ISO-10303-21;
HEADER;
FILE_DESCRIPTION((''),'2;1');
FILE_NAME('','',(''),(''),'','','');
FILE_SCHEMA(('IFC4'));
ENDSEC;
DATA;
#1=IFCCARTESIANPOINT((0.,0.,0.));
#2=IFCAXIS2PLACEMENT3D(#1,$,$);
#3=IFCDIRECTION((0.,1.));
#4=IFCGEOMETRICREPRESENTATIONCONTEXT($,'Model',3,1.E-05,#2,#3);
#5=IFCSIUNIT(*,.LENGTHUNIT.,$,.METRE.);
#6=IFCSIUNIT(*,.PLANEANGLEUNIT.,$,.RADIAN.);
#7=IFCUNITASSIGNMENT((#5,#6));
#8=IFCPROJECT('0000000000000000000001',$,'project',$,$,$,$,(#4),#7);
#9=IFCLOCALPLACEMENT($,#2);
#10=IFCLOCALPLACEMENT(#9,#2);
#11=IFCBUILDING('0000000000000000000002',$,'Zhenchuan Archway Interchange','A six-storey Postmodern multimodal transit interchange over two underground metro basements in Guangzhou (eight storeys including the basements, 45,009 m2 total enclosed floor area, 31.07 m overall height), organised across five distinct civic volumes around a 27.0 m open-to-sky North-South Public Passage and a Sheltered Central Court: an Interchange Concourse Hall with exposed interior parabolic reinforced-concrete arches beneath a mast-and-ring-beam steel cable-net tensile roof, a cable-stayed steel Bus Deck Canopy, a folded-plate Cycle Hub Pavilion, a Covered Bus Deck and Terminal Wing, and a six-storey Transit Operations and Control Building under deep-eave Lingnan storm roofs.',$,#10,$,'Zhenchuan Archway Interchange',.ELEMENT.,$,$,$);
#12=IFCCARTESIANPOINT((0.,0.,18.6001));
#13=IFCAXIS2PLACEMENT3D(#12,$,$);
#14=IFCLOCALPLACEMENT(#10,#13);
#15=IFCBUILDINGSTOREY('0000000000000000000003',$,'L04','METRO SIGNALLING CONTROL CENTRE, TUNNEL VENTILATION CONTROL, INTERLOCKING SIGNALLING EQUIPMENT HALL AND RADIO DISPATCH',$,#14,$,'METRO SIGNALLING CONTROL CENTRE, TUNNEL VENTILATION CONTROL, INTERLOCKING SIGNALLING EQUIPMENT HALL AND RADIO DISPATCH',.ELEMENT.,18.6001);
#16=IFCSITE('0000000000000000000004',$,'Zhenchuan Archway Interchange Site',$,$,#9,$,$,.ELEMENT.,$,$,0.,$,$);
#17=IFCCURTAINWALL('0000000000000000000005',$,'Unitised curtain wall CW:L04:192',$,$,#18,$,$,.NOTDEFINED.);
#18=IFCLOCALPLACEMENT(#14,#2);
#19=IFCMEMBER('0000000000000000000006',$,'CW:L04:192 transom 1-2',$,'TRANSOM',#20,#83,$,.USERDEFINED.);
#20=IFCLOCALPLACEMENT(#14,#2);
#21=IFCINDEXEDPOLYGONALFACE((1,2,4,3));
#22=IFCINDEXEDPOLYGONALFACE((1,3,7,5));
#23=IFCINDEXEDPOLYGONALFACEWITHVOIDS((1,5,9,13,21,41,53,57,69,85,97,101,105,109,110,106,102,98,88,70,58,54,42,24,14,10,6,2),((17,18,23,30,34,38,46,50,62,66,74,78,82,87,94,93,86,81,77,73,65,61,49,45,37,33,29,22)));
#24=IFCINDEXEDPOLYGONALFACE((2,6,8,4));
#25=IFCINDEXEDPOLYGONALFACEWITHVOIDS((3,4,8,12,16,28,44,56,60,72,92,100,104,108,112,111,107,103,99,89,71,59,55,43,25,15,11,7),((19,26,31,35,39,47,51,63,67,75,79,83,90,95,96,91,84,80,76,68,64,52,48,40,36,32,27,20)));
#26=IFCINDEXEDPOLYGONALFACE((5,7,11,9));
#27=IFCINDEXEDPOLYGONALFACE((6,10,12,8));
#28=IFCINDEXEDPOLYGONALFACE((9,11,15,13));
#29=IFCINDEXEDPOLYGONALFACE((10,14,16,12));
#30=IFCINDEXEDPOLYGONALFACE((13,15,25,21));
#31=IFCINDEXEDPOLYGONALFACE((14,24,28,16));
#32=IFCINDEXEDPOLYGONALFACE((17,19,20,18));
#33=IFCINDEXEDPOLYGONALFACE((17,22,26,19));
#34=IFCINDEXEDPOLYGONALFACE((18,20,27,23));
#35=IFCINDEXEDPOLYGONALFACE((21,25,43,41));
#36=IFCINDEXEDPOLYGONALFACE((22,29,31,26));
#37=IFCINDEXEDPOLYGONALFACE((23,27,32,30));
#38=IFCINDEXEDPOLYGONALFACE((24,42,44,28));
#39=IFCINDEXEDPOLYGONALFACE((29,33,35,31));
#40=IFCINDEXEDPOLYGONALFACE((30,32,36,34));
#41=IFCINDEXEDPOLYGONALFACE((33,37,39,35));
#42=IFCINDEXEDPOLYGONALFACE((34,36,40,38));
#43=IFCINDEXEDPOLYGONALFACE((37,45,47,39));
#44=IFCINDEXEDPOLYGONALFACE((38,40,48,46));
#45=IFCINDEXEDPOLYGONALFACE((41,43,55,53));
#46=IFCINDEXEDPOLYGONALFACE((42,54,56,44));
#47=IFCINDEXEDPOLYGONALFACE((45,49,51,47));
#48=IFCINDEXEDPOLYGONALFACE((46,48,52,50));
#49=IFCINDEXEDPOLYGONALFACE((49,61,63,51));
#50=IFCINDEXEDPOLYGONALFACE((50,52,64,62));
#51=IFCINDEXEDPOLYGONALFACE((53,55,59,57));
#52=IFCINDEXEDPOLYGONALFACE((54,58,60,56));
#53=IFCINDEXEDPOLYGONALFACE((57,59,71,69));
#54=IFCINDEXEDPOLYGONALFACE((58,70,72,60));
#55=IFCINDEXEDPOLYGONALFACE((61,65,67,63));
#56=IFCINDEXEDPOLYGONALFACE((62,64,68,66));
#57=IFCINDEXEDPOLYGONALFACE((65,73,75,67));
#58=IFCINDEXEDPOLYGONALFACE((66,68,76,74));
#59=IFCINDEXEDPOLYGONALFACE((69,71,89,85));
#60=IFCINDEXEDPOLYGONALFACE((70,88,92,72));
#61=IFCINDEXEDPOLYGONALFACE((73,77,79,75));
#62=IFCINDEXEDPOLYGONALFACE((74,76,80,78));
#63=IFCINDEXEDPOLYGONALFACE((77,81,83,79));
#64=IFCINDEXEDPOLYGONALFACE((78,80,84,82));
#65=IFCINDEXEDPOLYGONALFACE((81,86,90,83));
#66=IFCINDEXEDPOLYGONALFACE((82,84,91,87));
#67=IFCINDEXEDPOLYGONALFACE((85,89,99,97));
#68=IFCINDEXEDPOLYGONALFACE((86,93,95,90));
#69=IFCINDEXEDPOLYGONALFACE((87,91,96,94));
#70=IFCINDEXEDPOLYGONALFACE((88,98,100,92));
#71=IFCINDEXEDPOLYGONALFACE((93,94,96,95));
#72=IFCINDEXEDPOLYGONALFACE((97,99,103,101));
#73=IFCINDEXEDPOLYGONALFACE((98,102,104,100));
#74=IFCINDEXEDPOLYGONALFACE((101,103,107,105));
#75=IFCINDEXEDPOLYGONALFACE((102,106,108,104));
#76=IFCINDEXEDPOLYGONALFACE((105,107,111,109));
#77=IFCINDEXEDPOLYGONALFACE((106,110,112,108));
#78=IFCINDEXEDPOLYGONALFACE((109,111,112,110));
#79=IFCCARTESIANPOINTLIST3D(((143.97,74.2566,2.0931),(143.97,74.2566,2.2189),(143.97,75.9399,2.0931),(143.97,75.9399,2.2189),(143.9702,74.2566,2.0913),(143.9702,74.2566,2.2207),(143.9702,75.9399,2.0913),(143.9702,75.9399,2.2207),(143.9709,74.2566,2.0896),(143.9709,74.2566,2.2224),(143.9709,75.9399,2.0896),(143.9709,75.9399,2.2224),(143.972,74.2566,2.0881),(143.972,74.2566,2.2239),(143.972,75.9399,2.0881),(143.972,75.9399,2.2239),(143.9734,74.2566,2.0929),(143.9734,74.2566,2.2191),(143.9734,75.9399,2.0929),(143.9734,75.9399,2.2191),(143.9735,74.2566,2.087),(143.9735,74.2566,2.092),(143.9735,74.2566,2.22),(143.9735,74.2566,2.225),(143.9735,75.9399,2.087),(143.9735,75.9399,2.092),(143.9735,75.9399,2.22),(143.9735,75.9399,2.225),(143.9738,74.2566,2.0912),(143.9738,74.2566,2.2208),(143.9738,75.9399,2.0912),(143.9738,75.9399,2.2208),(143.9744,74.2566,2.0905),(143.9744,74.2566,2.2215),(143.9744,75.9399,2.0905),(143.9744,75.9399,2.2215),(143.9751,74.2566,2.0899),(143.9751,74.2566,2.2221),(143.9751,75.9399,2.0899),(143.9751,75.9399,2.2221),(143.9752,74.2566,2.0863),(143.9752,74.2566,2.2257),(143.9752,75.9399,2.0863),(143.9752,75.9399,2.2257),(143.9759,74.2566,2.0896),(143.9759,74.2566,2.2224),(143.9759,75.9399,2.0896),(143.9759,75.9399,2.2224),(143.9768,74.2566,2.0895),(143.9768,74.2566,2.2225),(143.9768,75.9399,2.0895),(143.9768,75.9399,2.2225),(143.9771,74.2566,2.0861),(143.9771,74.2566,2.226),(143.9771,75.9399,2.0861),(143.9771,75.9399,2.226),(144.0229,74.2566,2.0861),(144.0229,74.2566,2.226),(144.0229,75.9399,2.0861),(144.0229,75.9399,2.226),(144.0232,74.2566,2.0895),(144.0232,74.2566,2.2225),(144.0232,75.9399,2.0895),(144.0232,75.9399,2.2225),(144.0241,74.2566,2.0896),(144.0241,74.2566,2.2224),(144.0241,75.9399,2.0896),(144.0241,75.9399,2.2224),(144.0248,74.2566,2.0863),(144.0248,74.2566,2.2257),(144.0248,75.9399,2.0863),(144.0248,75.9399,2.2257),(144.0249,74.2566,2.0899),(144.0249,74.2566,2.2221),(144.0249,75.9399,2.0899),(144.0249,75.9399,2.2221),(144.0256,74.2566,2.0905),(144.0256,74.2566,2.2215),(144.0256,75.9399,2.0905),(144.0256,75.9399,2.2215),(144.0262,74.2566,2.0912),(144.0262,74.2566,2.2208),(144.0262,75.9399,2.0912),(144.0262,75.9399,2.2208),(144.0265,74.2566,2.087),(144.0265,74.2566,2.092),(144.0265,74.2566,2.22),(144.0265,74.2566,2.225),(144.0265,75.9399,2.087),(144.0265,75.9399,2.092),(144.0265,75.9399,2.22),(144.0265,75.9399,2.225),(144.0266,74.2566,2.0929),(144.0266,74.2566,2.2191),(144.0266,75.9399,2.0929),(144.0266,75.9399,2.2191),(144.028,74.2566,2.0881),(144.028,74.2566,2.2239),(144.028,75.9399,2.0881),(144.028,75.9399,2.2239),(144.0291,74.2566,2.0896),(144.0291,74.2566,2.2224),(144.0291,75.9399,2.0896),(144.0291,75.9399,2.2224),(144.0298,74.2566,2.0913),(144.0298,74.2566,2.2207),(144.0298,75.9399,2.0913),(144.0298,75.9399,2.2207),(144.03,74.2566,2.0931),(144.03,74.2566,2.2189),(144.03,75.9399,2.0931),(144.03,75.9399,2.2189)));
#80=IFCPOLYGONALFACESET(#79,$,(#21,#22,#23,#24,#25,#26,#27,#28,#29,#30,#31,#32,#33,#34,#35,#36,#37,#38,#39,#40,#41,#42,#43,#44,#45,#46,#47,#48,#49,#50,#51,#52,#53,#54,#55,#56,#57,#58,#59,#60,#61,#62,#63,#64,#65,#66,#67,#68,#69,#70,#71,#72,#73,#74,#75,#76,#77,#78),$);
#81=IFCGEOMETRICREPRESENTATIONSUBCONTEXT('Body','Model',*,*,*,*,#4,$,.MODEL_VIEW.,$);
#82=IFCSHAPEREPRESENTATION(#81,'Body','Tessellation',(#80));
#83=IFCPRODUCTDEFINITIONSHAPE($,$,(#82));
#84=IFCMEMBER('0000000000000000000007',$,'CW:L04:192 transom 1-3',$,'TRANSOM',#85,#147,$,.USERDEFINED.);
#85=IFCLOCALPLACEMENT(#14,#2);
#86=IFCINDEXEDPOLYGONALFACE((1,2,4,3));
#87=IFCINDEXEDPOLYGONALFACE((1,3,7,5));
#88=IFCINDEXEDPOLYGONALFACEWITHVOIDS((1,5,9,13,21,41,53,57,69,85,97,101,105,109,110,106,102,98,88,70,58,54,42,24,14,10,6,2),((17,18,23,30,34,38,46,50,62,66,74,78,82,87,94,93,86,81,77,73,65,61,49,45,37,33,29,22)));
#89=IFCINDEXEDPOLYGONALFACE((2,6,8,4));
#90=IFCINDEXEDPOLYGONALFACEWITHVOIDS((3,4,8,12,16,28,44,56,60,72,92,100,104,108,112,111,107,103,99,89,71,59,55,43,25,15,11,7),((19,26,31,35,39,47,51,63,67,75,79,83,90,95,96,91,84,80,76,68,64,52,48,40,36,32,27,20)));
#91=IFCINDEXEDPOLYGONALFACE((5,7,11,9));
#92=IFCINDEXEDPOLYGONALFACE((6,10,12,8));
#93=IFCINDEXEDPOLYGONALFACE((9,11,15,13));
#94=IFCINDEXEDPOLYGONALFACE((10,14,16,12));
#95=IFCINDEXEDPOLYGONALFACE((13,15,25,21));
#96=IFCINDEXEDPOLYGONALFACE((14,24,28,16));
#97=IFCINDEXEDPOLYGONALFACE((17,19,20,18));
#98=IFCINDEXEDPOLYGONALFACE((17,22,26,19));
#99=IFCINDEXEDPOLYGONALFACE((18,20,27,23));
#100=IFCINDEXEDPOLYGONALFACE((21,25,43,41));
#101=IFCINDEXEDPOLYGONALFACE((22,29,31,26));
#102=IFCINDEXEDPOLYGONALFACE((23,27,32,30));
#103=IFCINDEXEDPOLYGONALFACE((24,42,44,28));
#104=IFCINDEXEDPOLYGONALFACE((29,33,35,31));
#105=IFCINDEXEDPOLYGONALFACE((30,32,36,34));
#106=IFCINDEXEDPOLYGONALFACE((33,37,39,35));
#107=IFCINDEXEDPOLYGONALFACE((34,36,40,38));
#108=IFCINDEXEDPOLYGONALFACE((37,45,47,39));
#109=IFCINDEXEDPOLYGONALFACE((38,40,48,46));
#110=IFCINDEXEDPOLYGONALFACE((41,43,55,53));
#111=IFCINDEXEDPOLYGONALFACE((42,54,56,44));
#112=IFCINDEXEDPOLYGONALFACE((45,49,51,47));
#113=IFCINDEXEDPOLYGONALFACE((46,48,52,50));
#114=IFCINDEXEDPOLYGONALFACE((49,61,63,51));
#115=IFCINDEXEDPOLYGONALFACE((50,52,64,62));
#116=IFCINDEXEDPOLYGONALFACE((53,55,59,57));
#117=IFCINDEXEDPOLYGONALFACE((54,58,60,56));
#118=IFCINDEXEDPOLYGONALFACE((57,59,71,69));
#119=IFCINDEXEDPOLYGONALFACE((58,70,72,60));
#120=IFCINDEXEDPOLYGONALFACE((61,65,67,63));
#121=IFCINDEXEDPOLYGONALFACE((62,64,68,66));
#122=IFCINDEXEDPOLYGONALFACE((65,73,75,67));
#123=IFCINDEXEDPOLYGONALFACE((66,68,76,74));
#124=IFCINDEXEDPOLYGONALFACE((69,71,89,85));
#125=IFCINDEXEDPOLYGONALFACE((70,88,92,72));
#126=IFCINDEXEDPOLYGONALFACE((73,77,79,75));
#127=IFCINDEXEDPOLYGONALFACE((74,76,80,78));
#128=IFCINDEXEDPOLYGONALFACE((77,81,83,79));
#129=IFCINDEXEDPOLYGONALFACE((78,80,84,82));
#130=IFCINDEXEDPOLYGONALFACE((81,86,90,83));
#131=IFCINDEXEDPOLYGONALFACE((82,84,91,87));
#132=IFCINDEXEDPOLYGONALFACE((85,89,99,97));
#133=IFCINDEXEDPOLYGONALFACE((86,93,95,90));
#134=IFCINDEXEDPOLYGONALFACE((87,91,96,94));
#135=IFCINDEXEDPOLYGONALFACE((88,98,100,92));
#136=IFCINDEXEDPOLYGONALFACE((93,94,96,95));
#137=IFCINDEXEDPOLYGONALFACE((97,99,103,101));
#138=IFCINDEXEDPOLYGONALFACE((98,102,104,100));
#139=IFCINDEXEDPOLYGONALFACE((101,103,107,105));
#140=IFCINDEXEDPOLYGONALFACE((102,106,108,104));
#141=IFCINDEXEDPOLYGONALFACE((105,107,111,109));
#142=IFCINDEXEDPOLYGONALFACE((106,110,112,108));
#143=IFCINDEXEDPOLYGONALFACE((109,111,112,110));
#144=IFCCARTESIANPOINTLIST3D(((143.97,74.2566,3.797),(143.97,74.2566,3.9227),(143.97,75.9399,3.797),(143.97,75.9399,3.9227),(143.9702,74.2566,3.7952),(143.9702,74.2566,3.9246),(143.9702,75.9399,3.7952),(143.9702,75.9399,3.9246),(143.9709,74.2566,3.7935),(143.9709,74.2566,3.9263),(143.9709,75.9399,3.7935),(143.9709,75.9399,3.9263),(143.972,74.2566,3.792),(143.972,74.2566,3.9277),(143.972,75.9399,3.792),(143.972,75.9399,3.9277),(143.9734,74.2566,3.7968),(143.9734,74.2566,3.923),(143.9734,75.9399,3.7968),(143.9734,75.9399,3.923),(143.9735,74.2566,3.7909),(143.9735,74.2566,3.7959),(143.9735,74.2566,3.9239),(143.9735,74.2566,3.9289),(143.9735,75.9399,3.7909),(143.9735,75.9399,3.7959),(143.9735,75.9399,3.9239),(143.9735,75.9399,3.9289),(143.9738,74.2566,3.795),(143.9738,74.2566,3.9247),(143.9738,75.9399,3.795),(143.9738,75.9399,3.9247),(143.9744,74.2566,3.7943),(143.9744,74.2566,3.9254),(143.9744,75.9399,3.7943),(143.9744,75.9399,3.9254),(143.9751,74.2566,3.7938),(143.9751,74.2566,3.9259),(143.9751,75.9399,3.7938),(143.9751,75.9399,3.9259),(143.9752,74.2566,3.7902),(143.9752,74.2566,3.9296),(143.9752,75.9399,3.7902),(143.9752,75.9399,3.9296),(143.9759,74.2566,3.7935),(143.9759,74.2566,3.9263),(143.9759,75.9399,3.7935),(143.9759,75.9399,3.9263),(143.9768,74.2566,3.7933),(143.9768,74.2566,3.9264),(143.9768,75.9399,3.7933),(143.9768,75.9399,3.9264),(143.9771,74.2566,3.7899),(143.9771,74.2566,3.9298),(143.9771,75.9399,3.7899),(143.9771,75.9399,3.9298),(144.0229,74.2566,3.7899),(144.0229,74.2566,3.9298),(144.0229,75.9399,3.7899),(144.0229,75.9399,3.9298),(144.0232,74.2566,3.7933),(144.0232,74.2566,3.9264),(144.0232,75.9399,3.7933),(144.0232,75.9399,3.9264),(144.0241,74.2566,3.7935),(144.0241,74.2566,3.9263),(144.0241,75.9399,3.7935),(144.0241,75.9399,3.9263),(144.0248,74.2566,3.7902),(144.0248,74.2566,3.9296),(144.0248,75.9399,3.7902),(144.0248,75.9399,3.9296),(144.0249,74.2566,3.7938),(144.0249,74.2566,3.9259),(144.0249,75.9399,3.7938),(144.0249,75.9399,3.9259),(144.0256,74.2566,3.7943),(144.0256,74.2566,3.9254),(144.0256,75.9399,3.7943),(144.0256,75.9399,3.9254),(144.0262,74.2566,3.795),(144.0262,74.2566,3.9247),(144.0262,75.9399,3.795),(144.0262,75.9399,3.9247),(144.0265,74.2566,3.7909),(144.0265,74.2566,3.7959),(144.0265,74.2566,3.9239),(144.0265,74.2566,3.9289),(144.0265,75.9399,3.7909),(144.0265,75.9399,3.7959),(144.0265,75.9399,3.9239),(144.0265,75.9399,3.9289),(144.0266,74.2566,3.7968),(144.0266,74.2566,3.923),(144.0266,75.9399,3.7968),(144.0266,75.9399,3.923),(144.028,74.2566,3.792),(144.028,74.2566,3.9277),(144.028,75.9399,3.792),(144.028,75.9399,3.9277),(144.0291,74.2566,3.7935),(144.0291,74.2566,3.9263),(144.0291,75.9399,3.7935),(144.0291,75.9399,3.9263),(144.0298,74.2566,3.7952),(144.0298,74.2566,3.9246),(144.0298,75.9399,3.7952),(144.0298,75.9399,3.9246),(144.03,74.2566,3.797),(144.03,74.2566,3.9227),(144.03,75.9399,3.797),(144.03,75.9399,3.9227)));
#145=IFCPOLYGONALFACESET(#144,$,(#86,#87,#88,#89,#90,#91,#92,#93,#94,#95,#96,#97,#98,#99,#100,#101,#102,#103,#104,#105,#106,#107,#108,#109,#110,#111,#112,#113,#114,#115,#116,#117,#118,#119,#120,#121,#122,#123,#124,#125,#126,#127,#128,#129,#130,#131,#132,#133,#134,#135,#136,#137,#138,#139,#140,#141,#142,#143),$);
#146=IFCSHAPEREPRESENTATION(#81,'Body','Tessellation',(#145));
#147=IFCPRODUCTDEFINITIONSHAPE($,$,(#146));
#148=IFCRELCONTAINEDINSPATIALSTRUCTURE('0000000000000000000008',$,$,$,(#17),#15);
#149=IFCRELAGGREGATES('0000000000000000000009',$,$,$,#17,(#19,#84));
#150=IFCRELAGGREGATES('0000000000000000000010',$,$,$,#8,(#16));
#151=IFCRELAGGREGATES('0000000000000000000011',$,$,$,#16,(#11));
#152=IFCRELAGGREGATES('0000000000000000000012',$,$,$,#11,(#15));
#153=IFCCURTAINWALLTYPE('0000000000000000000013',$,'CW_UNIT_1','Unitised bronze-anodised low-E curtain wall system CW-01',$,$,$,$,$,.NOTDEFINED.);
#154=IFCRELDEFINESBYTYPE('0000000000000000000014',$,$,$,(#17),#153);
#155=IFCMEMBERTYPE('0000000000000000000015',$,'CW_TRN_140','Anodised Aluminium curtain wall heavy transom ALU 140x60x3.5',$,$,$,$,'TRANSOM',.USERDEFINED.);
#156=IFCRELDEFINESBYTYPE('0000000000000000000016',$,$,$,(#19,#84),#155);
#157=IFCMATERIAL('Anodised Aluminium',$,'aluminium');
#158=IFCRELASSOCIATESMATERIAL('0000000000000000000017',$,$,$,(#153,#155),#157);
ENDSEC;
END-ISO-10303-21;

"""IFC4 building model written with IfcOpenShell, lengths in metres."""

from ifc_helpers import new_model, si_unit, direction, frame, origin, origin_2d, place, context, subcontext, project, spatial, hollow_rectangle, extrude, material, material_profile, profile_set, type_object, element, aggregate, save


model = new_model("IFC4")

# Units and contexts
model_context = context("Model", 3, precision=1e-05, world=origin(), true_north=direction((0.0, 1.0)))
body_context = subcontext(model_context, "Body", "Model", "MODEL_VIEW")
ifc_project = project(units=[si_unit("LENGTHUNIT", "METRE"), si_unit("PLANEANGLEUNIT", "RADIAN")], contexts=[model_context])

# Site, building, storey
site_placement = place(None, origin())
site = spatial("IfcSite", under=ifc_project, at=site_placement, Name="Zhenchuan Archway Interchange Site", CompositionType="ELEMENT", RefElevation=0.0)
building_placement = place(site_placement, origin())
building = spatial("IfcBuilding", under=site, at=building_placement, Name="Zhenchuan Archway Interchange", Description="A six-storey Postmodern multimodal transit interchange over two underground metro basements in Guangzhou (eight storeys including the basements, 45,009 m2 total enclosed floor area, 31.07 m overall height), organised across five distinct civic volumes around a 27.0 m open-to-sky North-South Public Passage and a Sheltered Central Court: an Interchange Concourse Hall with exposed interior parabolic reinforced-concrete arches beneath a mast-and-ring-beam steel cable-net tensile roof, a cable-stayed steel Bus Deck Canopy, a folded-plate Cycle Hub Pavilion, a Covered Bus Deck and Terminal Wing, and a six-storey Transit Operations and Control Building under deep-eave Lingnan storm roofs.", LongName="Zhenchuan Archway Interchange", CompositionType="ELEMENT")
storey_placement = place(building_placement, frame((0.0, 0.0, 18.6001)))
storey = spatial("IfcBuildingStorey", under=building, at=storey_placement, Name="L04", Description="METRO SIGNALLING CONTROL CENTRE, TUNNEL VENTILATION CONTROL, INTERLOCKING SIGNALLING EQUIPMENT HALL AND RADIO DISPATCH", LongName="METRO SIGNALLING CONTROL CENTRE, TUNNEL VENTILATION CONTROL, INTERLOCKING SIGNALLING EQUIPMENT HALL AND RADIO DISPATCH", CompositionType="ELEMENT", Elevation=18.6001)

# Curtain wall, members
ifc_material_1 = material(Name="Anodised Aluminium", Category="aluminium")
curtain_wall_type = type_object("IfcCurtainWallType", Name="CW_UNIT_1", Description="Unitised bronze-anodised low-E curtain wall system CW-01", PredefinedType="NOTDEFINED", material=ifc_material_1)
curtain_wall_placement = place(storey_placement, origin())
curtain_wall = element("IfcCurtainWall", 1, at=curtain_wall_placement, inside=storey, type_object=curtain_wall_type, Name="Unitised curtain wall CW:L04:192", PredefinedType="NOTDEFINED")
ifc_material_profile_1 = material_profile(ifc_material_1, hollow_rectangle(XDim=0.0601, YDim=0.1399, WallThickness=0.0034, InnerFilletRadius=0.0034, OuterFilletRadius=0.0071, at=origin_2d()), Name="ALU 140x60x3.5")
ifc_profile_set_1 = profile_set([ifc_material_profile_1], Name="Anodised Aluminium")
member_type_1 = type_object("IfcMemberType", Name="CW_TRN_140", Description="Anodised Aluminium curtain wall heavy transom ALU 140x60x3.5", ElementType="TRANSOM", PredefinedType="USERDEFINED", material=ifc_profile_set_1)
member_1_placement = place(storey_placement, frame((144.0, 74.2566, 2.156), z_axis=(0.0, 1.0, 0.0), x_axis=(-1.0, 0.0, 0.0)))
member_1 = element("IfcMember", 2, at=member_1_placement, type_object=member_type_1, Name="CW:L04:192 transom 1-2", ObjectType="TRANSOM", PredefinedType="USERDEFINED", context=body_context, shape_type="SweptSolid", body=[
    extrude(hollow_rectangle(XDim=0.0601, YDim=0.1399, WallThickness=0.0034, InnerFilletRadius=0.0034, OuterFilletRadius=0.0071, at=origin_2d()), origin(), (0.0, 0.0, 1.0), 1.6833),
])
member_2_placement = place(storey_placement, frame((144.0, 74.2566, 3.8599), z_axis=(0.0, 1.0, 0.0), x_axis=(-1.0, 0.0, 0.0)))
member_2 = element("IfcMember", 3, at=member_2_placement, type_object=member_type_1, Name="CW:L04:192 transom 1-3", ObjectType="TRANSOM", PredefinedType="USERDEFINED", context=body_context, shape_type="SweptSolid", body=[
    extrude(hollow_rectangle(XDim=0.0601, YDim=0.1399, WallThickness=0.0034, InnerFilletRadius=0.0034, OuterFilletRadius=0.0071, at=origin_2d()), origin(), (0.0, 0.0, 1.0), 1.6833),
])

aggregate(curtain_wall, [member_1, member_2])

save(model, "model.ifc")
